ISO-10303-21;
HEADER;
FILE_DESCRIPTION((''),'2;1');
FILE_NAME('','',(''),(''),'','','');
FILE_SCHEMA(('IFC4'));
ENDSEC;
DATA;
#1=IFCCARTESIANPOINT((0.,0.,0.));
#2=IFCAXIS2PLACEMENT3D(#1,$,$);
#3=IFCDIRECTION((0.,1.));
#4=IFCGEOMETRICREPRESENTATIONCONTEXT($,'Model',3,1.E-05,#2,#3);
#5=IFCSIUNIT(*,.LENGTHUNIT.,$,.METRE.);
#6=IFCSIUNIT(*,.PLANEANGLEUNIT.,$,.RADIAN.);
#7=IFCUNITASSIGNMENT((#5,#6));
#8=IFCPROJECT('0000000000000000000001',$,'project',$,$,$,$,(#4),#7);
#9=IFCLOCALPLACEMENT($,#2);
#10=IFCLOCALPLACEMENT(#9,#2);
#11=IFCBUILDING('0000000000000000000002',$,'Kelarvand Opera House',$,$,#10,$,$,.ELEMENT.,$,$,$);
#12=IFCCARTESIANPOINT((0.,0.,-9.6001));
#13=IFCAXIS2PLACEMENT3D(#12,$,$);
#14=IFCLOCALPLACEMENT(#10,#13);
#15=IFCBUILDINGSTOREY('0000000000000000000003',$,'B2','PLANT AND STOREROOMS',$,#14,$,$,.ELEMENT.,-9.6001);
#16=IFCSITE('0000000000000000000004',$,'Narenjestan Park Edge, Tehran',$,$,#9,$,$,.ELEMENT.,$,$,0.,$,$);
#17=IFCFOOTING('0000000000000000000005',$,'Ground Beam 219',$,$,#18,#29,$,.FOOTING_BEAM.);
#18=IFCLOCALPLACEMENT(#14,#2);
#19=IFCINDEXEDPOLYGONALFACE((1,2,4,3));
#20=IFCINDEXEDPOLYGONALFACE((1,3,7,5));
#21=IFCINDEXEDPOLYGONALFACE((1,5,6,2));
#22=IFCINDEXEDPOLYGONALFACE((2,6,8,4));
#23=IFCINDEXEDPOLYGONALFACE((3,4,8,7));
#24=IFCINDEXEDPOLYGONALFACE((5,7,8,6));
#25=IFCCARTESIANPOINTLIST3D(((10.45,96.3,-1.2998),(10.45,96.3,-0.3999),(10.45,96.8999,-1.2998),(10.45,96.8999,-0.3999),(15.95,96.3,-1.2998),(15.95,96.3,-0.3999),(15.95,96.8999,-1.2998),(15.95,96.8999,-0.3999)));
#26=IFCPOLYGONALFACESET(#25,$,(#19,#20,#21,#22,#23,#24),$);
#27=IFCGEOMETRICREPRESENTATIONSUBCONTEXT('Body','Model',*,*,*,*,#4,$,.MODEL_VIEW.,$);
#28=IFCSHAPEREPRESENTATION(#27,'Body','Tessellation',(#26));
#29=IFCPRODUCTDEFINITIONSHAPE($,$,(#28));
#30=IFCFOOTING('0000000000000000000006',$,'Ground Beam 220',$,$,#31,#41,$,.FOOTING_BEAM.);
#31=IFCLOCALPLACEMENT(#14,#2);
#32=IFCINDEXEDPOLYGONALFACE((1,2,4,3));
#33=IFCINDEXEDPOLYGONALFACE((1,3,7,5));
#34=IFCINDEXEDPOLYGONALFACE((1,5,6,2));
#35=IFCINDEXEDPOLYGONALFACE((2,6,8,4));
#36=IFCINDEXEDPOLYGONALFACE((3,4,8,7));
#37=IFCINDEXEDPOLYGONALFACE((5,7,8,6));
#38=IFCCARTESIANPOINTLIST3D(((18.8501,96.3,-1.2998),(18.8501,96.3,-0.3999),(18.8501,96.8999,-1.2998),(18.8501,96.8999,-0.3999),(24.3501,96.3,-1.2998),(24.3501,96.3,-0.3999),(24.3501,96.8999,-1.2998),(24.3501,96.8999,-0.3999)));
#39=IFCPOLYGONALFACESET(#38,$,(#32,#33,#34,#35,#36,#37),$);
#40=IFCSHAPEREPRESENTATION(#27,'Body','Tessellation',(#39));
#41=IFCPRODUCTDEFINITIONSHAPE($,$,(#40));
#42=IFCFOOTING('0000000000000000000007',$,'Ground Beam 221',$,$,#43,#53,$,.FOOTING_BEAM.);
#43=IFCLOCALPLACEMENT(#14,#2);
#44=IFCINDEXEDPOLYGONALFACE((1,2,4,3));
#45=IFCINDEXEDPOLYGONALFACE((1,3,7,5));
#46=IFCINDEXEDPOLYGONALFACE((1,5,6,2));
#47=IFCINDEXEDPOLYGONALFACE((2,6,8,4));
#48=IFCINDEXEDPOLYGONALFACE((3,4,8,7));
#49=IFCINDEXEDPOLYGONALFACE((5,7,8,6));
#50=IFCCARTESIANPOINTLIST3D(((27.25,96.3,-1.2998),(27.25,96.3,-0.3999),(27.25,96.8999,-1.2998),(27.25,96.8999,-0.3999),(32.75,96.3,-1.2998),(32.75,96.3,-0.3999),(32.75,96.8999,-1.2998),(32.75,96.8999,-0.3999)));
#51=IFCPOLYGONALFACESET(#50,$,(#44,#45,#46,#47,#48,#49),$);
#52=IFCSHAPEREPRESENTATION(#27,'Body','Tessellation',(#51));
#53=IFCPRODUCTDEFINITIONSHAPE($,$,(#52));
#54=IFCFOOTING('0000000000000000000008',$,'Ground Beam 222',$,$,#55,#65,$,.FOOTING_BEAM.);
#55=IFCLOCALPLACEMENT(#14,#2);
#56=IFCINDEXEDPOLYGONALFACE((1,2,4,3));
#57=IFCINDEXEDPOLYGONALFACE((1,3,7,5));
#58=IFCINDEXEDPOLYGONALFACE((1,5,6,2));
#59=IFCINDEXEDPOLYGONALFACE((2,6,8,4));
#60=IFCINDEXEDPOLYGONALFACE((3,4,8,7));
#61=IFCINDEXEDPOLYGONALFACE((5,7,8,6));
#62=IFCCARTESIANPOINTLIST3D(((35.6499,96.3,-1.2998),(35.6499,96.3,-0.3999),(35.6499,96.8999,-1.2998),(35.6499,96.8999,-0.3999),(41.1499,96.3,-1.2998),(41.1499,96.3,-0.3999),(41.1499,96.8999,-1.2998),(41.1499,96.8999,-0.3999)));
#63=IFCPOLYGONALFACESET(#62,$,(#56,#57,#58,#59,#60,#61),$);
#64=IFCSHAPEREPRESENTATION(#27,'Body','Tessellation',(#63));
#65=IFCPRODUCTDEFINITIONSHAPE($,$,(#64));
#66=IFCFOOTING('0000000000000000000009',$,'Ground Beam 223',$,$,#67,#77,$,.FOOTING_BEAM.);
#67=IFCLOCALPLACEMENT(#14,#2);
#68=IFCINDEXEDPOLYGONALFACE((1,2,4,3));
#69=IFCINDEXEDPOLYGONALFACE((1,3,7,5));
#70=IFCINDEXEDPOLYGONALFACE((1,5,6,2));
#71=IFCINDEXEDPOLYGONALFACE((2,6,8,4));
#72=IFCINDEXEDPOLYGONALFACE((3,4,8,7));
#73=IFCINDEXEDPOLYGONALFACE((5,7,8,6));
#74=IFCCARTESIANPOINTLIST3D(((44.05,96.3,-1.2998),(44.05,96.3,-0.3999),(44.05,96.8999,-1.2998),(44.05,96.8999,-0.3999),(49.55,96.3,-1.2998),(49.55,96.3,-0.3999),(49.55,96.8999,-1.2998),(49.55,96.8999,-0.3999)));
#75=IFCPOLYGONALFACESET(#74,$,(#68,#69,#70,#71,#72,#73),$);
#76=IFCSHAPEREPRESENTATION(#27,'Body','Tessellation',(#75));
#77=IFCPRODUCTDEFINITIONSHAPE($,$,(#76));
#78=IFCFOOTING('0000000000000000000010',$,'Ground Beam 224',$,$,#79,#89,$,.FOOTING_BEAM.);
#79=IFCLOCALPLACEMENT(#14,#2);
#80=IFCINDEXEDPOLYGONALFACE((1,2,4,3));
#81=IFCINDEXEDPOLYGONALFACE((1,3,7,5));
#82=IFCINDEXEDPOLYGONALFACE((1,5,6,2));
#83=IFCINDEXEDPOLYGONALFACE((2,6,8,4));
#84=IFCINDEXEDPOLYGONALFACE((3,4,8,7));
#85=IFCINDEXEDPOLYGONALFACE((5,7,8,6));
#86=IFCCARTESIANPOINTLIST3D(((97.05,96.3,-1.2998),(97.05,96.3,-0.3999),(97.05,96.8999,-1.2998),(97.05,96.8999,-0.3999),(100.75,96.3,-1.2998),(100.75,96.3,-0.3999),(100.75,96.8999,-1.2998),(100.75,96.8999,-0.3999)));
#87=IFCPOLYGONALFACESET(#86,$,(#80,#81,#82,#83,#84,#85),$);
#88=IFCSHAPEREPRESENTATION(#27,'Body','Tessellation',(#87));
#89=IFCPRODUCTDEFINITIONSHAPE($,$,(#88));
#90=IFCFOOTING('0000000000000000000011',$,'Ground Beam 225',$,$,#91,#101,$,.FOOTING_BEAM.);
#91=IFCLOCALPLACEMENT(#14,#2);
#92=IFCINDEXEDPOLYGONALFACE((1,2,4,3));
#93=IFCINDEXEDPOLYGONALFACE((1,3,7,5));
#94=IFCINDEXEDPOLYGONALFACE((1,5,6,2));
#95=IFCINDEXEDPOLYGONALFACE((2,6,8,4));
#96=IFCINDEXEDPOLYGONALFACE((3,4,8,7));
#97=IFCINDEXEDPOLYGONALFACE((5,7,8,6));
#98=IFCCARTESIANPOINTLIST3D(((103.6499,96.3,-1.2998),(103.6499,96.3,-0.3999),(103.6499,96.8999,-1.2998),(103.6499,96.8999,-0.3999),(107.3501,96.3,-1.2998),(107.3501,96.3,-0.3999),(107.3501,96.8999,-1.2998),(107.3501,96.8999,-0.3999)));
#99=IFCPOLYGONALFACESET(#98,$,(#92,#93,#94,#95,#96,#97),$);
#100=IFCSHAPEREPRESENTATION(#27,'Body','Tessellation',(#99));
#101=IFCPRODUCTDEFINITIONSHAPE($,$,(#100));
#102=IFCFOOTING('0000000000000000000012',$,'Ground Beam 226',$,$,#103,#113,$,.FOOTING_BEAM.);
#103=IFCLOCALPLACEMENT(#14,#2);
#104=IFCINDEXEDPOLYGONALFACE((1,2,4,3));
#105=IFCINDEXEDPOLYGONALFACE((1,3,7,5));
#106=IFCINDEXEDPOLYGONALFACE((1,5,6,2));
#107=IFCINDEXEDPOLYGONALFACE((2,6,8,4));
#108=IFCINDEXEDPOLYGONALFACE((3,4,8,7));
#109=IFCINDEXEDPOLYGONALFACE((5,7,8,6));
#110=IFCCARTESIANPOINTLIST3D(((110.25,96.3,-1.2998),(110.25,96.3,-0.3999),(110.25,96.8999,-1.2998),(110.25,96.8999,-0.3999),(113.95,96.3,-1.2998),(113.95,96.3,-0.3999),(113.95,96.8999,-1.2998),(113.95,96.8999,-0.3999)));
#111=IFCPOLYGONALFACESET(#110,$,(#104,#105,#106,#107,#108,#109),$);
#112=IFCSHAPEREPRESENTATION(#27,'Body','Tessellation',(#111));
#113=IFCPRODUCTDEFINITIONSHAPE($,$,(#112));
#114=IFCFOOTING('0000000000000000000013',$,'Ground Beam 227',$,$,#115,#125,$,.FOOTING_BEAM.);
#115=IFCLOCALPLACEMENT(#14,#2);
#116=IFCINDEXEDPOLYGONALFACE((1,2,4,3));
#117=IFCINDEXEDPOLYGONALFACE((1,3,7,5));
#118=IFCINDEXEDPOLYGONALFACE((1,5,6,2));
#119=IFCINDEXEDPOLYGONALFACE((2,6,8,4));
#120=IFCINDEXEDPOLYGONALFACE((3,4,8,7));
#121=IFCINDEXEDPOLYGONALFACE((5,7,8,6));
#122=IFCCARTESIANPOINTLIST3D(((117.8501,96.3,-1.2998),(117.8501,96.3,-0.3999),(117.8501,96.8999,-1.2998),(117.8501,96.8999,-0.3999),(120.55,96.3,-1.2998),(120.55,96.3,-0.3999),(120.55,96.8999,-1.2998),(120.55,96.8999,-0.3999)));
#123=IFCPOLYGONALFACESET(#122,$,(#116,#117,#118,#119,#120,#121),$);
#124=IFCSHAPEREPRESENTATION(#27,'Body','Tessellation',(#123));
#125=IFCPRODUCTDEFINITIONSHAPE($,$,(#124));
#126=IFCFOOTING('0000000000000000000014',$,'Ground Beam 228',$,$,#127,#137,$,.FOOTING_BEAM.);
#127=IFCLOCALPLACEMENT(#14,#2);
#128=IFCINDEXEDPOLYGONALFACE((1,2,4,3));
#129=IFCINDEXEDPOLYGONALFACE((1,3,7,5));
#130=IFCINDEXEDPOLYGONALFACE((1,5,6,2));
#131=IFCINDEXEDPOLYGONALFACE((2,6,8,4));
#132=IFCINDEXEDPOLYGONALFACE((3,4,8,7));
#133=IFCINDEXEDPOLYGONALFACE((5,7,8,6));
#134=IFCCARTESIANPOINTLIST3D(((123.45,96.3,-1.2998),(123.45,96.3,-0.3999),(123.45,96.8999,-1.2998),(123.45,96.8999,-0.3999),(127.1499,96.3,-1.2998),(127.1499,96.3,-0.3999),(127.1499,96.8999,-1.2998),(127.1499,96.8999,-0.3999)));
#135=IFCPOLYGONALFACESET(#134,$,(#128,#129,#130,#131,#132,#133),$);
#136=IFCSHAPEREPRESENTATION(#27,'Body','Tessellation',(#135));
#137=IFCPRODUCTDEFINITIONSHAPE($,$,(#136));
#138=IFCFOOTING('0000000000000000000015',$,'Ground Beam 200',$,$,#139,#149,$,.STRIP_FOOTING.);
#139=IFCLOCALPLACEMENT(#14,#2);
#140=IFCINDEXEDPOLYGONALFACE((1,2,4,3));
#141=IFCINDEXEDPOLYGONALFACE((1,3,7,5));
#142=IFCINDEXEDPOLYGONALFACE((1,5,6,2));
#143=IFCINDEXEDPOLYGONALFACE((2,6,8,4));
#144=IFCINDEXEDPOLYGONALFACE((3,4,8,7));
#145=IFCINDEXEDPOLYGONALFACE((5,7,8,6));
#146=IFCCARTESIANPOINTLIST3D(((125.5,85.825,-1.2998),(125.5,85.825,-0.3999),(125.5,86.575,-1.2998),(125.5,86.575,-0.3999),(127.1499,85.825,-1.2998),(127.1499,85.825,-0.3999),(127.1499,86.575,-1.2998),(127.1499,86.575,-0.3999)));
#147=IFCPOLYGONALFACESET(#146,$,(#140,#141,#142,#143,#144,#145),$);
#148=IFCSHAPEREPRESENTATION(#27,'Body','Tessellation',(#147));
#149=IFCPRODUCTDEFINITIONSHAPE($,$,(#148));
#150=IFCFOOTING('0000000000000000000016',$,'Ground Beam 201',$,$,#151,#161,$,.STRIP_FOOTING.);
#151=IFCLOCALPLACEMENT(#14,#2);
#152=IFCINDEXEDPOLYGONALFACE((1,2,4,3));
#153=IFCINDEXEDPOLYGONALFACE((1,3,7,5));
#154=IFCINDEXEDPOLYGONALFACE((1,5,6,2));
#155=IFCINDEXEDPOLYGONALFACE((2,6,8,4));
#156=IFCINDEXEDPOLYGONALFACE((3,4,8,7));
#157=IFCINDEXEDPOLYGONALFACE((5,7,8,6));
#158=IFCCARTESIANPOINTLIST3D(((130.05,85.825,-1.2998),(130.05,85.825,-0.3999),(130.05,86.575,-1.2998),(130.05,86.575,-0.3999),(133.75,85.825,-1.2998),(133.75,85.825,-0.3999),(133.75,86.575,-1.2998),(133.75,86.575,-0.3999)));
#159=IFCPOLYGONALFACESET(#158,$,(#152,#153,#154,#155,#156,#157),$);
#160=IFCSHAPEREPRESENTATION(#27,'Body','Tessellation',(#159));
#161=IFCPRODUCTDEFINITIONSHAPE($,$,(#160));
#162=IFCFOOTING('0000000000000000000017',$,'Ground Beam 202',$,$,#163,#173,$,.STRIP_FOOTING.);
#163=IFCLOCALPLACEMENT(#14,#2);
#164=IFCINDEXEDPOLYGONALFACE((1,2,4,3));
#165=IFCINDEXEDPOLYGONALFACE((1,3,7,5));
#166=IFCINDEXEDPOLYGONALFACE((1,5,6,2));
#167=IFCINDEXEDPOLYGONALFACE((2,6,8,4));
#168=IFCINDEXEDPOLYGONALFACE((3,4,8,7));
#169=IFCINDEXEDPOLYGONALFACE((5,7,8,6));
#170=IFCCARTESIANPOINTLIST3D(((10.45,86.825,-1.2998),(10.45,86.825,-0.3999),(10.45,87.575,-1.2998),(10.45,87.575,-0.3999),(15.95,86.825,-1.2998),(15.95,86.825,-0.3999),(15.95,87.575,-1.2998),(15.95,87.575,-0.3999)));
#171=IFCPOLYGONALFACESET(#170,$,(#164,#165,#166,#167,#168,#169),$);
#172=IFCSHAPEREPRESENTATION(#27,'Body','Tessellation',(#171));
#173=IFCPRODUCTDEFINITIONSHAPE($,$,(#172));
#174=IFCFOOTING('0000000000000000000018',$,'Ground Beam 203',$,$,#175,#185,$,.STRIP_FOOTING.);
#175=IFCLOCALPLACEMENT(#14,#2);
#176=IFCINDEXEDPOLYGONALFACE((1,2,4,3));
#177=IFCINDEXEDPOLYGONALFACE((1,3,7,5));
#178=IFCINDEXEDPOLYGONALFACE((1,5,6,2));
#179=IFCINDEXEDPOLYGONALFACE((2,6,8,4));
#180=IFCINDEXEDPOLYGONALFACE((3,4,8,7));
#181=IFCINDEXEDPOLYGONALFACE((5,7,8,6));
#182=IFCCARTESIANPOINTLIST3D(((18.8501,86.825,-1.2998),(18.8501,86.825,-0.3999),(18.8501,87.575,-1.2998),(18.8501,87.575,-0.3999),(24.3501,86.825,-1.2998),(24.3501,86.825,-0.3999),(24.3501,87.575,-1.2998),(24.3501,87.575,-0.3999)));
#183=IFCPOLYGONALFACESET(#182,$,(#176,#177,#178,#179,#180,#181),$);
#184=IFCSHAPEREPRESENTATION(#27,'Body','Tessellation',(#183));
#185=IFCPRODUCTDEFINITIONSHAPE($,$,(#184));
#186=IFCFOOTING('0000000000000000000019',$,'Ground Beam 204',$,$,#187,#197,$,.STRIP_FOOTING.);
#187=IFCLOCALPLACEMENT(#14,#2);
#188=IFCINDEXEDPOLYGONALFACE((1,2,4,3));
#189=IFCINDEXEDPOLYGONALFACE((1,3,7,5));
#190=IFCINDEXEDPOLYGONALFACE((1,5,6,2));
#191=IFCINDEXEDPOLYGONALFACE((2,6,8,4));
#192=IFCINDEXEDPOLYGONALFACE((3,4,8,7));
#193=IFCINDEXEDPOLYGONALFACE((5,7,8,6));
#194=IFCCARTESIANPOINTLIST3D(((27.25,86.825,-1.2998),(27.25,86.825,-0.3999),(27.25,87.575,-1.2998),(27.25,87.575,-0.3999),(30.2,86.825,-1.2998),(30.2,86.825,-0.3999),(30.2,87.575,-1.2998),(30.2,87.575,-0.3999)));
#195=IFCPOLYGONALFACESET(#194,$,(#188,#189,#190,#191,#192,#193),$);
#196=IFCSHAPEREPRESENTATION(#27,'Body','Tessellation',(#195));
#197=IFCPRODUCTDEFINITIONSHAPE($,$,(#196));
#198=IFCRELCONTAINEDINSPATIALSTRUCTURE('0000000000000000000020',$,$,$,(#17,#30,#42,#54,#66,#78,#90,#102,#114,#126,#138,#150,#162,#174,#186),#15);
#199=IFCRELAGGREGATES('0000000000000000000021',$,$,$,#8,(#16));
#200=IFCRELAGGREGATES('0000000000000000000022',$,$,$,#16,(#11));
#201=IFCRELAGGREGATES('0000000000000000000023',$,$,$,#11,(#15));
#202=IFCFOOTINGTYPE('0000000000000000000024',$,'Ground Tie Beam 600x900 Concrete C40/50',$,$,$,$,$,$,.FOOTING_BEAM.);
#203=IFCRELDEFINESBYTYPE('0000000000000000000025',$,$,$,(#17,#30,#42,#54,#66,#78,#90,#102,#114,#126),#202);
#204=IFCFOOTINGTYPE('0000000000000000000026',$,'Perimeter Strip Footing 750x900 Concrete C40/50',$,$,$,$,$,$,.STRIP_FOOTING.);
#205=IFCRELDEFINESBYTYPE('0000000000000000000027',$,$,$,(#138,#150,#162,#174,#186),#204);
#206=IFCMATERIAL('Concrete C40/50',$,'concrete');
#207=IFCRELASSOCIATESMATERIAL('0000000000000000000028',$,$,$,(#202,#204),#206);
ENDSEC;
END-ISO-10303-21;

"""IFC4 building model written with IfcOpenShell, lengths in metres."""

from ifc_helpers import new_model, si_unit, direction, frame, origin, place, context, subcontext, project, spatial, polyline, outline, extrude, material, type_object, element, save


model = new_model("IFC4")

# Units and contexts
model_context = context("Model", 3, precision=1e-05, world=origin(), true_north=direction((0.0, 1.0)))
body_context = subcontext(model_context, "Body", "Model", "MODEL_VIEW")
ifc_project = project(units=[si_unit("LENGTHUNIT", "METRE"), si_unit("PLANEANGLEUNIT", "RADIAN")], contexts=[model_context])

# Site, building, storey
site_placement = place(None, origin())
site = spatial("IfcSite", under=ifc_project, at=site_placement, Name="Narenjestan Park Edge, Tehran", CompositionType="ELEMENT", RefElevation=0.0)
building_placement = place(site_placement, origin())
building = spatial("IfcBuilding", under=site, at=building_placement, Name="Kelarvand Opera House", CompositionType="ELEMENT")
storey_placement = place(building_placement, frame((0.0, 0.0, -9.6001)))
storey = spatial("IfcBuildingStorey", under=building, at=storey_placement, Name="B2", Description="PLANT AND STOREROOMS", CompositionType="ELEMENT", Elevation=-9.6001)

# Footings
ifc_material = material(Name="Concrete C40/50", Category="concrete")
footing_type_1 = type_object("IfcFootingType", Name="Ground Tie Beam 600x900 Concrete C40/50", PredefinedType="FOOTING_BEAM", material=ifc_material)
footing_1_placement = place(storey_placement, frame((0.0, 0.0, -1.2998)))
element("IfcFooting", 1, at=footing_1_placement, inside=storey, type_object=footing_type_1, Name="Ground Beam 219", PredefinedType="FOOTING_BEAM", context=body_context, shape_type="SweptSolid", body=[
    extrude(outline(polyline([(10.45, 96.3), (15.95, 96.3), (15.95, 96.8999), (10.45, 96.8999), (10.45, 96.3)])), origin(), (0.0, 0.0, 1.0), 0.8999),
])
footing_2_placement = place(storey_placement, frame((0.0, 0.0, -1.2998)))
element("IfcFooting", 2, at=footing_2_placement, inside=storey, type_object=footing_type_1, Name="Ground Beam 220", PredefinedType="FOOTING_BEAM", context=body_context, shape_type="SweptSolid", body=[
    extrude(outline(polyline([(18.8501, 96.3), (24.3501, 96.3), (24.3501, 96.8999), (18.8501, 96.8999), (18.8501, 96.3)])), origin(), (0.0, 0.0, 1.0), 0.8999),
])
footing_3_placement = place(storey_placement, frame((0.0, 0.0, -1.2998)))
element("IfcFooting", 3, at=footing_3_placement, inside=storey, type_object=footing_type_1, Name="Ground Beam 221", PredefinedType="FOOTING_BEAM", context=body_context, shape_type="SweptSolid", body=[
    extrude(outline(polyline([(27.25, 96.3), (32.75, 96.3), (32.75, 96.8999), (27.25, 96.8999), (27.25, 96.3)])), origin(), (0.0, 0.0, 1.0), 0.8999),
])
footing_4_placement = place(storey_placement, frame((0.0, 0.0, -1.2998)))
element("IfcFooting", 4, at=footing_4_placement, inside=storey, type_object=footing_type_1, Name="Ground Beam 222", PredefinedType="FOOTING_BEAM", context=body_context, shape_type="SweptSolid", body=[
    extrude(outline(polyline([(35.6499, 96.3), (41.1499, 96.3), (41.1499, 96.8999), (35.6499, 96.8999), (35.6499, 96.3)])), origin(), (0.0, 0.0, 1.0), 0.8999),
])
footing_5_placement = place(storey_placement, frame((0.0, 0.0, -1.2998)))
element("IfcFooting", 5, at=footing_5_placement, inside=storey, type_object=footing_type_1, Name="Ground Beam 223", PredefinedType="FOOTING_BEAM", context=body_context, shape_type="SweptSolid", body=[
    extrude(outline(polyline([(44.05, 96.3), (49.55, 96.3), (49.55, 96.8999), (44.05, 96.8999), (44.05, 96.3)])), origin(), (0.0, 0.0, 1.0), 0.8999),
])
footing_6_placement = place(storey_placement, frame((0.0, 0.0, -1.2998)))
element("IfcFooting", 6, at=footing_6_placement, inside=storey, type_object=footing_type_1, Name="Ground Beam 224", PredefinedType="FOOTING_BEAM", context=body_context, shape_type="SweptSolid", body=[
    extrude(outline(polyline([(97.05, 96.3), (100.75, 96.3), (100.75, 96.8999), (97.05, 96.8999), (97.05, 96.3)])), origin(), (0.0, 0.0, 1.0), 0.8999),
])
footing_7_placement = place(storey_placement, frame((0.0, 0.0, -1.2998)))
element("IfcFooting", 7, at=footing_7_placement, inside=storey, type_object=footing_type_1, Name="Ground Beam 225", PredefinedType="FOOTING_BEAM", context=body_context, shape_type="SweptSolid", body=[
    extrude(outline(polyline([(103.6499, 96.3), (107.3501, 96.3), (107.3501, 96.8999), (103.6499, 96.8999), (103.6499, 96.3)])), origin(), (0.0, 0.0, 1.0), 0.8999),
])
footing_8_placement = place(storey_placement, frame((0.0, 0.0, -1.2998)))
element("IfcFooting", 8, at=footing_8_placement, inside=storey, type_object=footing_type_1, Name="Ground Beam 226", PredefinedType="FOOTING_BEAM", context=body_context, shape_type="SweptSolid", body=[
    extrude(outline(polyline([(110.25, 96.3), (113.95, 96.3), (113.95, 96.8999), (110.25, 96.8999), (110.25, 96.3)])), origin(), (0.0, 0.0, 1.0), 0.8999),
])
footing_9_placement = place(storey_placement, frame((0.0, 0.0, -1.2998)))
element("IfcFooting", 9, at=footing_9_placement, inside=storey, type_object=footing_type_1, Name="Ground Beam 227", PredefinedType="FOOTING_BEAM", context=body_context, shape_type="SweptSolid", body=[
    extrude(outline(polyline([(117.8501, 96.3), (120.55, 96.3), (120.55, 96.8999), (117.8501, 96.8999), (117.8501, 96.3)])), origin(), (0.0, 0.0, 1.0), 0.8999),
])
footing_10_placement = place(storey_placement, frame((0.0, 0.0, -1.2998)))
element("IfcFooting", 10, at=footing_10_placement, inside=storey, type_object=footing_type_1, Name="Ground Beam 228", PredefinedType="FOOTING_BEAM", context=body_context, shape_type="SweptSolid", body=[
    extrude(outline(polyline([(123.45, 96.3), (127.1499, 96.3), (127.1499, 96.8999), (123.45, 96.8999), (123.45, 96.3)])), origin(), (0.0, 0.0, 1.0), 0.8999),
])
footing_type_2 = type_object("IfcFootingType", Name="Perimeter Strip Footing 750x900 Concrete C40/50", PredefinedType="STRIP_FOOTING", material=ifc_material)
footing_11_placement = place(storey_placement, frame((0.0, 0.0, -1.2998)))
element("IfcFooting", 11, at=footing_11_placement, inside=storey, type_object=footing_type_2, Name="Ground Beam 200", PredefinedType="STRIP_FOOTING", context=body_context, shape_type="SweptSolid", body=[
    extrude(outline(polyline([(125.5, 85.825), (127.1499, 85.825), (127.1499, 86.575), (125.5, 86.575), (125.5, 85.825)])), origin(), (0.0, 0.0, 1.0), 0.8999),
])
footing_12_placement = place(storey_placement, frame((0.0, 0.0, -1.2998)))
element("IfcFooting", 12, at=footing_12_placement, inside=storey, type_object=footing_type_2, Name="Ground Beam 201", PredefinedType="STRIP_FOOTING", context=body_context, shape_type="SweptSolid", body=[
    extrude(outline(polyline([(130.05, 85.825), (133.75, 85.825), (133.75, 86.575), (130.05, 86.575), (130.05, 85.825)])), origin(), (0.0, 0.0, 1.0), 0.8999),
])
footing_13_placement = place(storey_placement, frame((0.0, 0.0, -1.2998)))
element("IfcFooting", 13, at=footing_13_placement, inside=storey, type_object=footing_type_2, Name="Ground Beam 202", PredefinedType="STRIP_FOOTING", context=body_context, shape_type="SweptSolid", body=[
    extrude(outline(polyline([(10.45, 86.825), (15.95, 86.825), (15.95, 87.575), (10.45, 87.575), (10.45, 86.825)])), origin(), (0.0, 0.0, 1.0), 0.8999),
])
footing_14_placement = place(storey_placement, frame((0.0, 0.0, -1.2998)))
element("IfcFooting", 14, at=footing_14_placement, inside=storey, type_object=footing_type_2, Name="Ground Beam 203", PredefinedType="STRIP_FOOTING", context=body_context, shape_type="SweptSolid", body=[
    extrude(outline(polyline([(18.8501, 86.825), (24.3501, 86.825), (24.3501, 87.575), (18.8501, 87.575), (18.8501, 86.825)])), origin(), (0.0, 0.0, 1.0), 0.8999),
])
footing_15_placement = place(storey_placement, frame((0.0, 0.0, -1.2998)))
element("IfcFooting", 15, at=footing_15_placement, inside=storey, type_object=footing_type_2, Name="Ground Beam 204", PredefinedType="STRIP_FOOTING", context=body_context, shape_type="SweptSolid", body=[
    extrude(outline(polyline([(27.25, 86.825), (30.2, 86.825), (30.2, 87.575), (27.25, 87.575), (27.25, 86.825)])), origin(), (0.0, 0.0, 1.0), 0.8999),
])

save(model, "model.ifc")
